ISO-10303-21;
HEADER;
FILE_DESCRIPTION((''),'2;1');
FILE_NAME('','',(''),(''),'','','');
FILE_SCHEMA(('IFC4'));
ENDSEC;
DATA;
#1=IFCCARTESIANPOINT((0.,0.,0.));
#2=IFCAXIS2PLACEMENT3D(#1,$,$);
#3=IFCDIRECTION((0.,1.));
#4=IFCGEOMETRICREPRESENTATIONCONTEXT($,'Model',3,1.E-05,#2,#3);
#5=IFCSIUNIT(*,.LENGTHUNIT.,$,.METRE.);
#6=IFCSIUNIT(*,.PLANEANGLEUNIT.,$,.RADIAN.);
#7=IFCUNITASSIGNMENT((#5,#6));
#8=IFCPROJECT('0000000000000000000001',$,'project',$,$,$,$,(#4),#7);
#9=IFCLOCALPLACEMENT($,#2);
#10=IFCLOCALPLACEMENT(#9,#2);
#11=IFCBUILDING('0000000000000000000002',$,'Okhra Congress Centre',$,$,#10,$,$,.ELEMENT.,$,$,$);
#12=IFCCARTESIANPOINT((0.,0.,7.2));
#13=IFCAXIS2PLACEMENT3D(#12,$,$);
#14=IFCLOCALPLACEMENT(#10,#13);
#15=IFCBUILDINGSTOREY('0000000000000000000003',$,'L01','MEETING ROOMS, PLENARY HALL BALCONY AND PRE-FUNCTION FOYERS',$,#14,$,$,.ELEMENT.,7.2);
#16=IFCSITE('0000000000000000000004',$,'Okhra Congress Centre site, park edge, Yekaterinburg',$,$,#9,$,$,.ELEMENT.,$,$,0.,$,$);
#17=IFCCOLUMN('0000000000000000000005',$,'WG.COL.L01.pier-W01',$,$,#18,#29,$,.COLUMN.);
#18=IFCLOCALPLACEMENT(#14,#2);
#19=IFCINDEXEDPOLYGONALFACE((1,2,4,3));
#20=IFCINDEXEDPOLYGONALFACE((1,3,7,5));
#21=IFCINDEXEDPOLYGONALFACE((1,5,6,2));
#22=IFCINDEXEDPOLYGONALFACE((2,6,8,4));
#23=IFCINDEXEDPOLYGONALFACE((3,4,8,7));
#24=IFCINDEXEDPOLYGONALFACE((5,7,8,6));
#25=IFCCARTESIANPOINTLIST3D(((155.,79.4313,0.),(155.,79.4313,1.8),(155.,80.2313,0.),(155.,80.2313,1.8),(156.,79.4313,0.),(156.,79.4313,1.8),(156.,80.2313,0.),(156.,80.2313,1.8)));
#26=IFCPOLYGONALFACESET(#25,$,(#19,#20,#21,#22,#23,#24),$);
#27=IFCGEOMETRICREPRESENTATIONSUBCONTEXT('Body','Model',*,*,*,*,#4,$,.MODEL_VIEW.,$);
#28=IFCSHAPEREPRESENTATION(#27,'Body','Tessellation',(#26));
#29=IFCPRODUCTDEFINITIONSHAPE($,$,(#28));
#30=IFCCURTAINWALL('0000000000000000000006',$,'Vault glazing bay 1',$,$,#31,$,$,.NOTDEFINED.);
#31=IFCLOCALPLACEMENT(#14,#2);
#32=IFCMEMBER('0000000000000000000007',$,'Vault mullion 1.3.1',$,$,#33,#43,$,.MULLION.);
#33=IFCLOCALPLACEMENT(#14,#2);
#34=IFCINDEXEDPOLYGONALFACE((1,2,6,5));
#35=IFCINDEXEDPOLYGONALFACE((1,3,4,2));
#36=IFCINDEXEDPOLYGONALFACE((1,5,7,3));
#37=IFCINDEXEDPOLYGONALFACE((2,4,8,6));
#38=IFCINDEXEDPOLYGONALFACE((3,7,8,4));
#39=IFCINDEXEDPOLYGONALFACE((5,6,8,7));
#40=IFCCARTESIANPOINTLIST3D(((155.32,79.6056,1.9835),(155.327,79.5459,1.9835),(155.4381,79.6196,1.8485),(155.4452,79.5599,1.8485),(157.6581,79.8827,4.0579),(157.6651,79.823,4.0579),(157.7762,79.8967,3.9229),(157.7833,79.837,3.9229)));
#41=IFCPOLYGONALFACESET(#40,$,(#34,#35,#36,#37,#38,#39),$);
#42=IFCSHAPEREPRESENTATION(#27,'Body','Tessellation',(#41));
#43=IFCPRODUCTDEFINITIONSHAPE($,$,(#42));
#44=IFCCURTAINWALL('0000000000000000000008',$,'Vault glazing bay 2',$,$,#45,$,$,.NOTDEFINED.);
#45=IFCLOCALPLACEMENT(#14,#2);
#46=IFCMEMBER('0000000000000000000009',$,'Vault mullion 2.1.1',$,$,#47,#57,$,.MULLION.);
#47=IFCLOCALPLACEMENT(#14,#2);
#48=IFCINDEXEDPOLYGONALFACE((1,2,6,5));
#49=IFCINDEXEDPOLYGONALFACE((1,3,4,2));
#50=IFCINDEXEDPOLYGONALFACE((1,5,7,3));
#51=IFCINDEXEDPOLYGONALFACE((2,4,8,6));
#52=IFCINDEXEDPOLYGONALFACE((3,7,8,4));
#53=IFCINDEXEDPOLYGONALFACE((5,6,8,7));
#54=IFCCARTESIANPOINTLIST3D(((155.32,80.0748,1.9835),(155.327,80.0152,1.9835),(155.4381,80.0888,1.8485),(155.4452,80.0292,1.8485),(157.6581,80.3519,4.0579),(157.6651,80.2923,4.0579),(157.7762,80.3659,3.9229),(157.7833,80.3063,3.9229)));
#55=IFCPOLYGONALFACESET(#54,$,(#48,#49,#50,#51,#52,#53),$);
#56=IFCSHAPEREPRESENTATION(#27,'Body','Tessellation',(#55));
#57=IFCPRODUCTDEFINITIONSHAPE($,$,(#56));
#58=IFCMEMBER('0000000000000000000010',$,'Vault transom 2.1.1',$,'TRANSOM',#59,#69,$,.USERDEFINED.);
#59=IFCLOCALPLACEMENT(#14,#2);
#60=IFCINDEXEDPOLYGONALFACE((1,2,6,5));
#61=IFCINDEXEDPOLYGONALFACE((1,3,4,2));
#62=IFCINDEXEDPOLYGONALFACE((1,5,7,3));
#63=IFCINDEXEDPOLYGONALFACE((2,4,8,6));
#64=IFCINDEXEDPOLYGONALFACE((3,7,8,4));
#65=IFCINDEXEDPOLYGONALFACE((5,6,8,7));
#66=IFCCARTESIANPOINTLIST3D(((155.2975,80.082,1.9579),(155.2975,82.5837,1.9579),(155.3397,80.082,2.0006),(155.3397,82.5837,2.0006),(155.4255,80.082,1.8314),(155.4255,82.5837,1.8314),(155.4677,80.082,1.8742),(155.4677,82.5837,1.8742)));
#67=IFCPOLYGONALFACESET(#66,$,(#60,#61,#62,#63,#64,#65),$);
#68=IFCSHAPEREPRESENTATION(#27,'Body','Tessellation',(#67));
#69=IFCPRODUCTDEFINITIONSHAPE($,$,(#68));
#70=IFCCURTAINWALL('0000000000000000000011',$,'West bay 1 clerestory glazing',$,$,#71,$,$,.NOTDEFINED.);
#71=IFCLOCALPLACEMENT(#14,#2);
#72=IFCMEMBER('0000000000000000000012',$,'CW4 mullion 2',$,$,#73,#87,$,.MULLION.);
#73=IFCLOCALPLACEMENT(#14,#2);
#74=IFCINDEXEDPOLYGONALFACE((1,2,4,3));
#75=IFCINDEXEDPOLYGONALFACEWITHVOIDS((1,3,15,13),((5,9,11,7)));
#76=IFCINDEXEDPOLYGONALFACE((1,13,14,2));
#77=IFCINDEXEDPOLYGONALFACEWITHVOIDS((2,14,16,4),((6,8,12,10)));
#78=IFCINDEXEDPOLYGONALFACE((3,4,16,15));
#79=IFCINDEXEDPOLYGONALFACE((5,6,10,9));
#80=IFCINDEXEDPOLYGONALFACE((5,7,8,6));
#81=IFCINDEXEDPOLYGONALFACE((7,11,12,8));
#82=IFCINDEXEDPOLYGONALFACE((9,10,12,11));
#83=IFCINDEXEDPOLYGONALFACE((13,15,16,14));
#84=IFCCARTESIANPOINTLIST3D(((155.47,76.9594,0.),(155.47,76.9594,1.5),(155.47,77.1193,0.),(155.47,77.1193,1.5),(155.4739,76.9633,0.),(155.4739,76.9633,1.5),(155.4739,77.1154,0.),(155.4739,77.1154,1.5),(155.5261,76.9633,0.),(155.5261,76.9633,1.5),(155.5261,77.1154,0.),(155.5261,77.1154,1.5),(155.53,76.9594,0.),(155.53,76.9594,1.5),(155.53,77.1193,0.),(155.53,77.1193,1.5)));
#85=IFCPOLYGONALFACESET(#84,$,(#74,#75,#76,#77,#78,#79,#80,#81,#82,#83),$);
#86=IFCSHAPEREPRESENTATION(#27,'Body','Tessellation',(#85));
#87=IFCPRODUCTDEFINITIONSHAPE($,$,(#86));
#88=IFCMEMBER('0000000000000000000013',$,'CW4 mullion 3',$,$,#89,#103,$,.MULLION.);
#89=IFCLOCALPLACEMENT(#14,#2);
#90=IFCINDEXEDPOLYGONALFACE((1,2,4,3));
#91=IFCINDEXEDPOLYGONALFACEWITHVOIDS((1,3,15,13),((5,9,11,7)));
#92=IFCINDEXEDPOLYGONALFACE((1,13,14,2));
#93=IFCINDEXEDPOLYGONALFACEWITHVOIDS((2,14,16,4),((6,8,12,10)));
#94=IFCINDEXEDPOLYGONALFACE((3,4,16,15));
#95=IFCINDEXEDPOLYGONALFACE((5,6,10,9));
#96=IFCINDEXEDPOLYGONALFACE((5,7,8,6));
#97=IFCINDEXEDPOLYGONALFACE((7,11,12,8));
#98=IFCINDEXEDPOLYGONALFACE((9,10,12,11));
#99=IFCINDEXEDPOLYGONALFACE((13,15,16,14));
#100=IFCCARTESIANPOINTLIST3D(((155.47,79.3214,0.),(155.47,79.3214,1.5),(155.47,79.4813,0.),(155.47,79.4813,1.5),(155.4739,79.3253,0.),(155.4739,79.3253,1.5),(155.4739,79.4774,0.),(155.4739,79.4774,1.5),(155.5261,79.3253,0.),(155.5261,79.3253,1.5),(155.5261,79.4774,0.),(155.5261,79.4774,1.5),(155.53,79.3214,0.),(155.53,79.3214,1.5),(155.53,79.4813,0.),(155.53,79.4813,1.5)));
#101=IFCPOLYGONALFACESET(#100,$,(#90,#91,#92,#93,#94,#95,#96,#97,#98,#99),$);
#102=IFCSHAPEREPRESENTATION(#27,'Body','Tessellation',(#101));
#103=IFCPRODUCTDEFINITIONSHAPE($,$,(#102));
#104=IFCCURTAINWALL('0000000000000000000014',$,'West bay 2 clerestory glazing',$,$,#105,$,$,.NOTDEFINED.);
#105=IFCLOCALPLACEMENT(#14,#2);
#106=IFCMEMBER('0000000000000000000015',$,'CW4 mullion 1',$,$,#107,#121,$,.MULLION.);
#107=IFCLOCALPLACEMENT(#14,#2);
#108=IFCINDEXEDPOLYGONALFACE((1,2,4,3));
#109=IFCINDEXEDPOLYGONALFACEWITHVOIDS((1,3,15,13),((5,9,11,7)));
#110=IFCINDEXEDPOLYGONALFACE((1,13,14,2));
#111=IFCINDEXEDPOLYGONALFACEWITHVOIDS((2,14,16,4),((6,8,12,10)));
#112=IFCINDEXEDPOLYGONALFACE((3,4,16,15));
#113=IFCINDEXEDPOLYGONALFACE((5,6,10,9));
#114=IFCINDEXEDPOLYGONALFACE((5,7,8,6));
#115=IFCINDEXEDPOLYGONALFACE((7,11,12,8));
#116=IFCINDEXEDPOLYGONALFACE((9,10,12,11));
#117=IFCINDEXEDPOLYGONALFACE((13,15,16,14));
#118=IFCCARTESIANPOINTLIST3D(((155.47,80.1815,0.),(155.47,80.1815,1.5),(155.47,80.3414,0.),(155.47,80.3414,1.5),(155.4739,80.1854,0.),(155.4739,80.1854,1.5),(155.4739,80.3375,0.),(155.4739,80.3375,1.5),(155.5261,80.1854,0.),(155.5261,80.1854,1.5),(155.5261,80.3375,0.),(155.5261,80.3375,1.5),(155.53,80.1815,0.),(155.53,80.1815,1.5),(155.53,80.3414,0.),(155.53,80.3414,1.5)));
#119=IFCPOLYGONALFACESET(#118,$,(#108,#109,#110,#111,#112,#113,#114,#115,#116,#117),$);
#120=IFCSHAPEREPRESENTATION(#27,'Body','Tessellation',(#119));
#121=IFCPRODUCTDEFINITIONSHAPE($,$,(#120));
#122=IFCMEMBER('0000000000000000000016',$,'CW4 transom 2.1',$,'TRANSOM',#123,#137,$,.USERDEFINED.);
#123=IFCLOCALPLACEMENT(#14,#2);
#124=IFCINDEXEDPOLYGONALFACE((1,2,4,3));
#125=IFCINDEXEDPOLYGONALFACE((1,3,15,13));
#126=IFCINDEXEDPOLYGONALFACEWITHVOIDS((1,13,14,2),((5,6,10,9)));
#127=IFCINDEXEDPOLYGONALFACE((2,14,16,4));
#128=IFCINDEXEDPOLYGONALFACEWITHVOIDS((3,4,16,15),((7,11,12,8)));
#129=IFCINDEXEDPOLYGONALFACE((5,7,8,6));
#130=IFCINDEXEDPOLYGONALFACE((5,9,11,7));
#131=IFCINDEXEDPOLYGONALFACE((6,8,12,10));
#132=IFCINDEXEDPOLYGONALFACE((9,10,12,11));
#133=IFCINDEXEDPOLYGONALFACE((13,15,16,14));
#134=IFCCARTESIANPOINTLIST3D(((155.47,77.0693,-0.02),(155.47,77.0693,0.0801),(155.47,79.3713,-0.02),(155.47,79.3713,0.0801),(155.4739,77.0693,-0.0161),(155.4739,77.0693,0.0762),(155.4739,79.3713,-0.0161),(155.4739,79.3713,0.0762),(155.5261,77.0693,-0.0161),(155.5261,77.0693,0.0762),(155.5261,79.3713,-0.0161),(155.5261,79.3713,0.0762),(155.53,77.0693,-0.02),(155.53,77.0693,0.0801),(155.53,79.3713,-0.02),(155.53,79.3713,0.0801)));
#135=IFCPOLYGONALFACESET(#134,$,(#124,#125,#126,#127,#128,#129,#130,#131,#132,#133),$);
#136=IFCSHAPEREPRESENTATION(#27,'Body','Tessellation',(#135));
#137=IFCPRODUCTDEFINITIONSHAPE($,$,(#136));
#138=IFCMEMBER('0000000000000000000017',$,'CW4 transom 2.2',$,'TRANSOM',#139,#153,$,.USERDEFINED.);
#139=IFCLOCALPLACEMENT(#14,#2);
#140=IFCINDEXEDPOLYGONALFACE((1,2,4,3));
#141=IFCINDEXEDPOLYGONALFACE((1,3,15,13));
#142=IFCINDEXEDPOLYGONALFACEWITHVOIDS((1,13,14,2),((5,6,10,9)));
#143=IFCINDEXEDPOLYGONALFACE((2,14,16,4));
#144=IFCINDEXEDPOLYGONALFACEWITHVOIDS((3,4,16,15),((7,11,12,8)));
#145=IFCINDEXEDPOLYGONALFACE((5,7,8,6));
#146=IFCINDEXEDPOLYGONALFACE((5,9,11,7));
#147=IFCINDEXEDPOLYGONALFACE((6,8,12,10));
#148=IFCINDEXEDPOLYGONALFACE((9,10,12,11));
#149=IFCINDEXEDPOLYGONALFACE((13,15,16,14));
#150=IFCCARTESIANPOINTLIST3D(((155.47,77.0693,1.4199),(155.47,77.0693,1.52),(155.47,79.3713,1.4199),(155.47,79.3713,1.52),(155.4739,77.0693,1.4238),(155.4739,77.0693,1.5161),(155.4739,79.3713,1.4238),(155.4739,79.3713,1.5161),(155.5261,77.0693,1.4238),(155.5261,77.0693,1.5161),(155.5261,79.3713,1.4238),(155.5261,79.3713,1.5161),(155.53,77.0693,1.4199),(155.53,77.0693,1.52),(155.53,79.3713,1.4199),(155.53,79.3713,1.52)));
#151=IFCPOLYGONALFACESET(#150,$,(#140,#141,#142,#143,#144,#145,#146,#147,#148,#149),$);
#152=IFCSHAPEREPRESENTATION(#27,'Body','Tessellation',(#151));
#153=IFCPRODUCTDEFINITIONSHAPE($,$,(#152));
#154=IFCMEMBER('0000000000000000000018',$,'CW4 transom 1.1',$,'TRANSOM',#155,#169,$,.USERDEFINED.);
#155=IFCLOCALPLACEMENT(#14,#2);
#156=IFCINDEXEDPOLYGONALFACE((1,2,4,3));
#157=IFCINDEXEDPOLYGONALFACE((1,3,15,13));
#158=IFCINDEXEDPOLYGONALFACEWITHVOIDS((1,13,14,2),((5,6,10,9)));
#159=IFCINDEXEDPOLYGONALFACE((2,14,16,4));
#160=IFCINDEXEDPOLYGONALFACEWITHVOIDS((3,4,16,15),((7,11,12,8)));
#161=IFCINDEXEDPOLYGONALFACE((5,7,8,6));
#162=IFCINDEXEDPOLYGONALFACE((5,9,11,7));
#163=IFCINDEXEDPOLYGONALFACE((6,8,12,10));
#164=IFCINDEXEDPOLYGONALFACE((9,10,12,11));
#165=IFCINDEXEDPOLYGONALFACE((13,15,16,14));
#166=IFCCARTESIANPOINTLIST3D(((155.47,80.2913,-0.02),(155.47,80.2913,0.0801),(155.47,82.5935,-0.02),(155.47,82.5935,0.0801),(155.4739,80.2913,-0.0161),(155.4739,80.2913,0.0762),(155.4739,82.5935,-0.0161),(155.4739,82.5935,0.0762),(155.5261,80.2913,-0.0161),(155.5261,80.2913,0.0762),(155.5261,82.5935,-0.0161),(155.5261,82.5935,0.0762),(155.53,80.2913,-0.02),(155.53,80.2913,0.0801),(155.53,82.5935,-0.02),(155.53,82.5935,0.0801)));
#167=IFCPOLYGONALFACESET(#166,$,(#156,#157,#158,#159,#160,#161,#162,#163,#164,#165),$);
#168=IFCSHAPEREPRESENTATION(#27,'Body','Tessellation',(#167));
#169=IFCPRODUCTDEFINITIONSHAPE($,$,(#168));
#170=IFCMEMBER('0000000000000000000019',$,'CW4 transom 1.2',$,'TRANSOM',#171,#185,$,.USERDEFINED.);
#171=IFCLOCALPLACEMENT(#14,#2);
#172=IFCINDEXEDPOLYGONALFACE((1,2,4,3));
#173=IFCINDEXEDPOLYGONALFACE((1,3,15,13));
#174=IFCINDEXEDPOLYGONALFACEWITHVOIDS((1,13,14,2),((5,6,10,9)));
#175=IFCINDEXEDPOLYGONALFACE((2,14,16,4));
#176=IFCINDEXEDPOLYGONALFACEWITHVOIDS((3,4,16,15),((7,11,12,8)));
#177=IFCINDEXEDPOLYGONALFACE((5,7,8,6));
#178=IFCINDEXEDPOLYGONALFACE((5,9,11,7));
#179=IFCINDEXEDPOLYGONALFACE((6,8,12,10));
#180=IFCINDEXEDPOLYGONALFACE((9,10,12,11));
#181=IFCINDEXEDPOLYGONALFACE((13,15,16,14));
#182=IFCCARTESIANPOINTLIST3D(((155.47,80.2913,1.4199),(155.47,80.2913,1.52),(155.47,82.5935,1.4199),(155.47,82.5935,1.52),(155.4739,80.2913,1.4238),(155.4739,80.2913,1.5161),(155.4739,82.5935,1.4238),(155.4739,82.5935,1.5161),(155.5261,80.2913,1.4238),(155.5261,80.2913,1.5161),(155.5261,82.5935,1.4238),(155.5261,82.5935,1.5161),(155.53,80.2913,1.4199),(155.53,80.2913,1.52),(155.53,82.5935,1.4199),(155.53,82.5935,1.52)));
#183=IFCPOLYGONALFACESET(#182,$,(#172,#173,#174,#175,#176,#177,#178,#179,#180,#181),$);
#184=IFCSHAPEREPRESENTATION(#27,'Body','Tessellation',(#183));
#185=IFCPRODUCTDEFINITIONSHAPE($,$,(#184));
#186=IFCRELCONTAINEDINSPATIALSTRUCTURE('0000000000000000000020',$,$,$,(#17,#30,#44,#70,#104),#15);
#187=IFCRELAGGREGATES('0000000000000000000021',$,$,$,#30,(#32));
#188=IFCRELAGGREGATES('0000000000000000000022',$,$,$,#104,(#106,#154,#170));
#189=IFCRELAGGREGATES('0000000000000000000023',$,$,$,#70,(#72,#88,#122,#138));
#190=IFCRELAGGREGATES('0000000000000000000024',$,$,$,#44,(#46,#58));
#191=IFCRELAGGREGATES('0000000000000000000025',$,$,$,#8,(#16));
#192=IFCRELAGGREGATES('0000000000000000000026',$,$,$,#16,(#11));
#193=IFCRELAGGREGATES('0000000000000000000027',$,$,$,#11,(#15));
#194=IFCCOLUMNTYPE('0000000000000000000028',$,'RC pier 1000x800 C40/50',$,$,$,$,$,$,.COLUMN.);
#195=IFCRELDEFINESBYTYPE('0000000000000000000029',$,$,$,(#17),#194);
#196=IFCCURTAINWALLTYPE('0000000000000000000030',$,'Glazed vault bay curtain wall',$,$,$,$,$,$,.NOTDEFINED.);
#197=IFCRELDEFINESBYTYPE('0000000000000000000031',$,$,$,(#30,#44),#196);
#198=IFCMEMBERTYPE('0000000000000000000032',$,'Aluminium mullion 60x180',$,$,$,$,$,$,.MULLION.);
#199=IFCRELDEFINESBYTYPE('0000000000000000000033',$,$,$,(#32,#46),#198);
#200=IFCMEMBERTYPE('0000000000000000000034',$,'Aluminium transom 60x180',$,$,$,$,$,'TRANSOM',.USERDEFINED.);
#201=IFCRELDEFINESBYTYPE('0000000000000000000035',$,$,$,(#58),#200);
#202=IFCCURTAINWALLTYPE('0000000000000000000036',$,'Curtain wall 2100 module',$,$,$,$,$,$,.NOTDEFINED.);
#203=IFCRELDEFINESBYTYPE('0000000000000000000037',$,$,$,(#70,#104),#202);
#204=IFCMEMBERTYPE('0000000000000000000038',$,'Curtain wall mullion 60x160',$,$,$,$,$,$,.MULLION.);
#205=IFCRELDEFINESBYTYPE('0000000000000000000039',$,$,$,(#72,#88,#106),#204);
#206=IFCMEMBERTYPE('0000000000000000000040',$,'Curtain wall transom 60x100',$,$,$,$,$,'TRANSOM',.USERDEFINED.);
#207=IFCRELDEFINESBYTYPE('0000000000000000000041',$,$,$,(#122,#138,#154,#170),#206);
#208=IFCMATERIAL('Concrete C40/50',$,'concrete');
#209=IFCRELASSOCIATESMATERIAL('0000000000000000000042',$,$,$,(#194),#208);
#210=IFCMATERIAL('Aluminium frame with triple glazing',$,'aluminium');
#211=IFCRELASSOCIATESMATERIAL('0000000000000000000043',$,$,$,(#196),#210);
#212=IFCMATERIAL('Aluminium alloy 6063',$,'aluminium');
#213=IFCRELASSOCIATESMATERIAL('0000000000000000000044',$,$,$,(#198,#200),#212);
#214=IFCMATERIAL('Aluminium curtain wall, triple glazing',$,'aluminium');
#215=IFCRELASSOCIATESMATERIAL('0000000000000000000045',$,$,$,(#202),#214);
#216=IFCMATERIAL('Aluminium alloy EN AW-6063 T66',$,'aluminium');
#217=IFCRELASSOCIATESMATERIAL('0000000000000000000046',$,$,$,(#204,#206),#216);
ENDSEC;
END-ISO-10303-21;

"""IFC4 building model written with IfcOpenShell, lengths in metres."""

from ifc_helpers import new_model, si_unit, direction, frame, origin, origin_2d, place, context, subcontext, project, spatial, rectangle, hollow_rectangle, extrude, material, material_profile, profile_set, type_object, element, aggregate, save


model = new_model("IFC4")

# Units and contexts
model_context = context("Model", 3, precision=1e-05, world=origin(), true_north=direction((0.0, 1.0)))
body_context = subcontext(model_context, "Body", "Model", "MODEL_VIEW")
ifc_project = project(units=[si_unit("LENGTHUNIT", "METRE"), si_unit("PLANEANGLEUNIT", "RADIAN")], contexts=[model_context])

# Site, building, storey
site_placement = place(None, origin())
site = spatial("IfcSite", under=ifc_project, at=site_placement, Name="Okhra Congress Centre site, park edge, Yekaterinburg", CompositionType="ELEMENT", RefElevation=0.0)
building_placement = place(site_placement, origin())
building = spatial("IfcBuilding", under=site, at=building_placement, Name="Okhra Congress Centre", CompositionType="ELEMENT")
storey_placement = place(building_placement, frame((0.0, 0.0, 7.2)))
storey = spatial("IfcBuildingStorey", under=building, at=storey_placement, Name="L01", Description="MEETING ROOMS, PLENARY HALL BALCONY AND PRE-FUNCTION FOYERS", CompositionType="ELEMENT", Elevation=7.2)

# Column
ifc_material_1 = material(Name="Concrete C40/50", Category="concrete")
ifc_material_profile_1 = material_profile(ifc_material_1, rectangle(XDim=1.0, YDim=0.8, at=origin_2d()), Name="RC 1000x800")
ifc_profile_set_1 = profile_set([ifc_material_profile_1], Name="Concrete C40/50")
column_type = type_object("IfcColumnType", Name="RC pier 1000x800 C40/50", PredefinedType="COLUMN", material=ifc_profile_set_1)
column_placement = place(storey_placement, frame((155.5, 79.8313, 0.0), z_axis=(0.0, 0.0, 1.0), x_axis=(1.0, 0.0, 0.0)))
element("IfcColumn", 1, at=column_placement, inside=storey, type_object=column_type, Name="WG.COL.L01.pier-W01", PredefinedType="COLUMN", context=body_context, shape_type="SweptSolid", body=[
    extrude(rectangle(XDim=1.0, YDim=0.8, at=origin_2d()), origin(), (0.0, 0.0, 1.0), 1.8),
])

# Curtain wall, member
ifc_material_2 = material(Name="Aluminium frame with triple glazing", Category="aluminium")
curtain_wall_type_1 = type_object("IfcCurtainWallType", Name="Glazed vault bay curtain wall", PredefinedType="NOTDEFINED", material=ifc_material_2)
curtain_wall_1_placement = place(storey_placement, origin())
curtain_wall_1 = element("IfcCurtainWall", 2, at=curtain_wall_1_placement, inside=storey, type_object=curtain_wall_type_1, Name="Vault glazing bay 1", PredefinedType="NOTDEFINED")
ifc_material_3 = material(Name="Aluminium alloy 6063", Category="aluminium")
ifc_material_profile_2 = material_profile(ifc_material_3, rectangle(XDim=0.0601, YDim=0.1799, at=origin_2d()), Name="AL 60x180")
ifc_profile_set_2 = profile_set([ifc_material_profile_2], Name="Aluminium alloy 6063")
member_type_1 = type_object("IfcMemberType", Name="Aluminium mullion 60x180", PredefinedType="MULLION", material=ifc_profile_set_2)
member_1_placement = place(storey_placement, frame((155.3826, 79.5828, 1.916), z_axis=(0.745103, 0.088304, 0.661078), x_axis=(-0.117689, 0.99305, 0.0)))
member_1 = element("IfcMember", 3, at=member_1_placement, type_object=member_type_1, Name="Vault mullion 1.3.1", PredefinedType="MULLION", context=body_context, shape_type="SweptSolid", body=[
    extrude(rectangle(XDim=0.0601, YDim=0.1799, at=origin_2d()), origin(), (0.0, 0.0, 1.0), 3.1379),
])
aggregate(curtain_wall_1, [member_1])

# Curtain walls, members
curtain_wall_2_placement = place(storey_placement, origin())
curtain_wall_2 = element("IfcCurtainWall", 4, at=curtain_wall_2_placement, inside=storey, type_object=curtain_wall_type_1, Name="Vault glazing bay 2", PredefinedType="NOTDEFINED")
member_2_placement = place(storey_placement, frame((155.3826, 80.052, 1.916), z_axis=(0.745103, 0.088304, 0.661078), x_axis=(-0.117689, 0.99305, 0.0)))
member_2 = element("IfcMember", 5, at=member_2_placement, type_object=member_type_1, Name="Vault mullion 2.1.1", PredefinedType="MULLION", context=body_context, shape_type="SweptSolid", body=[
    extrude(rectangle(XDim=0.0601, YDim=0.1799, at=origin_2d()), origin(), (0.0, 0.0, 1.0), 3.1379),
])
ifc_material_profile_3 = material_profile(ifc_material_3, rectangle(XDim=0.0601, YDim=0.1799, at=origin_2d()), Name="AL 60x180 transom")
ifc_profile_set_3 = profile_set([ifc_material_profile_3], Name="Aluminium alloy 6063")
member_type_2 = type_object("IfcMemberType", Name="Aluminium transom 60x180", ElementType="TRANSOM", PredefinedType="USERDEFINED", material=ifc_profile_set_3)
member_3_placement = place(storey_placement, frame((155.3826, 80.082, 1.916), z_axis=(0.0, 1.0, 0.0), x_axis=(-0.702636, 0.0, -0.711549)))
member_3 = element("IfcMember", 6, at=member_3_placement, type_object=member_type_2, Name="Vault transom 2.1.1", ObjectType="TRANSOM", PredefinedType="USERDEFINED", context=body_context, shape_type="SweptSolid", body=[
    extrude(rectangle(XDim=0.0601, YDim=0.1799, at=origin_2d()), origin(), (0.0, 0.0, 1.0), 2.5017),
])
ifc_material_4 = material(Name="Aluminium curtain wall, triple glazing", Category="aluminium")
curtain_wall_type_2 = type_object("IfcCurtainWallType", Name="Curtain wall 2100 module", PredefinedType="NOTDEFINED", material=ifc_material_4)
curtain_wall_3_placement = place(storey_placement, origin())
curtain_wall_3 = element("IfcCurtainWall", 7, at=curtain_wall_3_placement, inside=storey, type_object=curtain_wall_type_2, Name="West bay 1 clerestory glazing", PredefinedType="NOTDEFINED")
ifc_material_5 = material(Name="Aluminium alloy EN AW-6063 T66", Category="aluminium")
ifc_material_profile_4 = material_profile(ifc_material_5, hollow_rectangle(XDim=0.0601, YDim=0.1599, WallThickness=0.0039, at=origin_2d()), Name="RHS 60x160x4")
ifc_profile_set_4 = profile_set([ifc_material_profile_4], Name="Aluminium alloy EN AW-6063 T66")
member_type_3 = type_object("IfcMemberType", Name="Curtain wall mullion 60x160", PredefinedType="MULLION", material=ifc_profile_set_4)
member_4_placement = place(storey_placement, frame((155.5, 77.0393, 0.0), z_axis=(0.0, 0.0, 1.0), x_axis=(-1.0, 0.0, 0.0)))
member_4 = element("IfcMember", 8, at=member_4_placement, type_object=member_type_3, Name="CW4 mullion 2", PredefinedType="MULLION", context=body_context, shape_type="SweptSolid", body=[
    extrude(hollow_rectangle(XDim=0.0601, YDim=0.1599, WallThickness=0.0039, at=origin_2d()), origin(), (0.0, 0.0, 1.0), 1.5),
])
member_5_placement = place(storey_placement, frame((155.5, 79.4014, 0.0), z_axis=(0.0, 0.0, 1.0), x_axis=(-1.0, 0.0, 0.0)))
member_5 = element("IfcMember", 9, at=member_5_placement, type_object=member_type_3, Name="CW4 mullion 3", PredefinedType="MULLION", context=body_context, shape_type="SweptSolid", body=[
    extrude(hollow_rectangle(XDim=0.0601, YDim=0.1599, WallThickness=0.0039, at=origin_2d()), origin(), (0.0, 0.0, 1.0), 1.5),
])

# Curtain wall, member
curtain_wall_4_placement = place(storey_placement, origin())
curtain_wall_4 = element("IfcCurtainWall", 10, at=curtain_wall_4_placement, inside=storey, type_object=curtain_wall_type_2, Name="West bay 2 clerestory glazing", PredefinedType="NOTDEFINED")
member_6_placement = place(storey_placement, frame((155.5, 80.2615, 0.0), z_axis=(0.0, 0.0, 1.0), x_axis=(-1.0, 0.0, 0.0)))
member_6 = element("IfcMember", 11, at=member_6_placement, type_object=member_type_3, Name="CW4 mullion 1", PredefinedType="MULLION", context=body_context, shape_type="SweptSolid", body=[
    extrude(hollow_rectangle(XDim=0.0601, YDim=0.1599, WallThickness=0.0039, at=origin_2d()), origin(), (0.0, 0.0, 1.0), 1.5),
])

# Members
ifc_material_profile_5 = material_profile(ifc_material_5, hollow_rectangle(XDim=0.0601, YDim=0.1001, WallThickness=0.0039, at=origin_2d()), Name="RHS 60x100x4")
ifc_profile_set_5 = profile_set([ifc_material_profile_5], Name="Aluminium alloy EN AW-6063 T66")
member_type_4 = type_object("IfcMemberType", Name="Curtain wall transom 60x100", ElementType="TRANSOM", PredefinedType="USERDEFINED", material=ifc_profile_set_5)
member_7_placement = place(storey_placement, frame((155.5, 77.0693, 0.03), z_axis=(0.0, 1.0, 0.0), x_axis=(-1.0, 0.0, 0.0)))
member_7 = element("IfcMember", 12, at=member_7_placement, type_object=member_type_4, Name="CW4 transom 2.1", ObjectType="TRANSOM", PredefinedType="USERDEFINED", context=body_context, shape_type="SweptSolid", body=[
    extrude(hollow_rectangle(XDim=0.0601, YDim=0.1001, WallThickness=0.0039, at=origin_2d()), origin(), (0.0, 0.0, 1.0), 2.302),
])
member_8_placement = place(storey_placement, frame((155.5, 77.0693, 1.47), z_axis=(0.0, 1.0, 0.0), x_axis=(-1.0, 0.0, 0.0)))
member_8 = element("IfcMember", 13, at=member_8_placement, type_object=member_type_4, Name="CW4 transom 2.2", ObjectType="TRANSOM", PredefinedType="USERDEFINED", context=body_context, shape_type="SweptSolid", body=[
    extrude(hollow_rectangle(XDim=0.0601, YDim=0.1001, WallThickness=0.0039, at=origin_2d()), origin(), (0.0, 0.0, 1.0), 2.302),
])
member_9_placement = place(storey_placement, frame((155.5, 80.2913, 0.03), z_axis=(0.0, 1.0, 0.0), x_axis=(-1.0, 0.0, 0.0)))
member_9 = element("IfcMember", 14, at=member_9_placement, type_object=member_type_4, Name="CW4 transom 1.1", ObjectType="TRANSOM", PredefinedType="USERDEFINED", context=body_context, shape_type="SweptSolid", body=[
    extrude(hollow_rectangle(XDim=0.0601, YDim=0.1001, WallThickness=0.0039, at=origin_2d()), origin(), (0.0, 0.0, 1.0), 2.3022),
])
member_10_placement = place(storey_placement, frame((155.5, 80.2913, 1.47), z_axis=(0.0, 1.0, 0.0), x_axis=(-1.0, 0.0, 0.0)))
member_10 = element("IfcMember", 15, at=member_10_placement, type_object=member_type_4, Name="CW4 transom 1.2", ObjectType="TRANSOM", PredefinedType="USERDEFINED", context=body_context, shape_type="SweptSolid", body=[
    extrude(hollow_rectangle(XDim=0.0601, YDim=0.1001, WallThickness=0.0039, at=origin_2d()), origin(), (0.0, 0.0, 1.0), 2.3022),
])
aggregate(curtain_wall_4, [member_6, member_9, member_10])

aggregate(curtain_wall_3, [member_4, member_5, member_7, member_8])
aggregate(curtain_wall_2, [member_2, member_3])

save(model, "model.ifc")
